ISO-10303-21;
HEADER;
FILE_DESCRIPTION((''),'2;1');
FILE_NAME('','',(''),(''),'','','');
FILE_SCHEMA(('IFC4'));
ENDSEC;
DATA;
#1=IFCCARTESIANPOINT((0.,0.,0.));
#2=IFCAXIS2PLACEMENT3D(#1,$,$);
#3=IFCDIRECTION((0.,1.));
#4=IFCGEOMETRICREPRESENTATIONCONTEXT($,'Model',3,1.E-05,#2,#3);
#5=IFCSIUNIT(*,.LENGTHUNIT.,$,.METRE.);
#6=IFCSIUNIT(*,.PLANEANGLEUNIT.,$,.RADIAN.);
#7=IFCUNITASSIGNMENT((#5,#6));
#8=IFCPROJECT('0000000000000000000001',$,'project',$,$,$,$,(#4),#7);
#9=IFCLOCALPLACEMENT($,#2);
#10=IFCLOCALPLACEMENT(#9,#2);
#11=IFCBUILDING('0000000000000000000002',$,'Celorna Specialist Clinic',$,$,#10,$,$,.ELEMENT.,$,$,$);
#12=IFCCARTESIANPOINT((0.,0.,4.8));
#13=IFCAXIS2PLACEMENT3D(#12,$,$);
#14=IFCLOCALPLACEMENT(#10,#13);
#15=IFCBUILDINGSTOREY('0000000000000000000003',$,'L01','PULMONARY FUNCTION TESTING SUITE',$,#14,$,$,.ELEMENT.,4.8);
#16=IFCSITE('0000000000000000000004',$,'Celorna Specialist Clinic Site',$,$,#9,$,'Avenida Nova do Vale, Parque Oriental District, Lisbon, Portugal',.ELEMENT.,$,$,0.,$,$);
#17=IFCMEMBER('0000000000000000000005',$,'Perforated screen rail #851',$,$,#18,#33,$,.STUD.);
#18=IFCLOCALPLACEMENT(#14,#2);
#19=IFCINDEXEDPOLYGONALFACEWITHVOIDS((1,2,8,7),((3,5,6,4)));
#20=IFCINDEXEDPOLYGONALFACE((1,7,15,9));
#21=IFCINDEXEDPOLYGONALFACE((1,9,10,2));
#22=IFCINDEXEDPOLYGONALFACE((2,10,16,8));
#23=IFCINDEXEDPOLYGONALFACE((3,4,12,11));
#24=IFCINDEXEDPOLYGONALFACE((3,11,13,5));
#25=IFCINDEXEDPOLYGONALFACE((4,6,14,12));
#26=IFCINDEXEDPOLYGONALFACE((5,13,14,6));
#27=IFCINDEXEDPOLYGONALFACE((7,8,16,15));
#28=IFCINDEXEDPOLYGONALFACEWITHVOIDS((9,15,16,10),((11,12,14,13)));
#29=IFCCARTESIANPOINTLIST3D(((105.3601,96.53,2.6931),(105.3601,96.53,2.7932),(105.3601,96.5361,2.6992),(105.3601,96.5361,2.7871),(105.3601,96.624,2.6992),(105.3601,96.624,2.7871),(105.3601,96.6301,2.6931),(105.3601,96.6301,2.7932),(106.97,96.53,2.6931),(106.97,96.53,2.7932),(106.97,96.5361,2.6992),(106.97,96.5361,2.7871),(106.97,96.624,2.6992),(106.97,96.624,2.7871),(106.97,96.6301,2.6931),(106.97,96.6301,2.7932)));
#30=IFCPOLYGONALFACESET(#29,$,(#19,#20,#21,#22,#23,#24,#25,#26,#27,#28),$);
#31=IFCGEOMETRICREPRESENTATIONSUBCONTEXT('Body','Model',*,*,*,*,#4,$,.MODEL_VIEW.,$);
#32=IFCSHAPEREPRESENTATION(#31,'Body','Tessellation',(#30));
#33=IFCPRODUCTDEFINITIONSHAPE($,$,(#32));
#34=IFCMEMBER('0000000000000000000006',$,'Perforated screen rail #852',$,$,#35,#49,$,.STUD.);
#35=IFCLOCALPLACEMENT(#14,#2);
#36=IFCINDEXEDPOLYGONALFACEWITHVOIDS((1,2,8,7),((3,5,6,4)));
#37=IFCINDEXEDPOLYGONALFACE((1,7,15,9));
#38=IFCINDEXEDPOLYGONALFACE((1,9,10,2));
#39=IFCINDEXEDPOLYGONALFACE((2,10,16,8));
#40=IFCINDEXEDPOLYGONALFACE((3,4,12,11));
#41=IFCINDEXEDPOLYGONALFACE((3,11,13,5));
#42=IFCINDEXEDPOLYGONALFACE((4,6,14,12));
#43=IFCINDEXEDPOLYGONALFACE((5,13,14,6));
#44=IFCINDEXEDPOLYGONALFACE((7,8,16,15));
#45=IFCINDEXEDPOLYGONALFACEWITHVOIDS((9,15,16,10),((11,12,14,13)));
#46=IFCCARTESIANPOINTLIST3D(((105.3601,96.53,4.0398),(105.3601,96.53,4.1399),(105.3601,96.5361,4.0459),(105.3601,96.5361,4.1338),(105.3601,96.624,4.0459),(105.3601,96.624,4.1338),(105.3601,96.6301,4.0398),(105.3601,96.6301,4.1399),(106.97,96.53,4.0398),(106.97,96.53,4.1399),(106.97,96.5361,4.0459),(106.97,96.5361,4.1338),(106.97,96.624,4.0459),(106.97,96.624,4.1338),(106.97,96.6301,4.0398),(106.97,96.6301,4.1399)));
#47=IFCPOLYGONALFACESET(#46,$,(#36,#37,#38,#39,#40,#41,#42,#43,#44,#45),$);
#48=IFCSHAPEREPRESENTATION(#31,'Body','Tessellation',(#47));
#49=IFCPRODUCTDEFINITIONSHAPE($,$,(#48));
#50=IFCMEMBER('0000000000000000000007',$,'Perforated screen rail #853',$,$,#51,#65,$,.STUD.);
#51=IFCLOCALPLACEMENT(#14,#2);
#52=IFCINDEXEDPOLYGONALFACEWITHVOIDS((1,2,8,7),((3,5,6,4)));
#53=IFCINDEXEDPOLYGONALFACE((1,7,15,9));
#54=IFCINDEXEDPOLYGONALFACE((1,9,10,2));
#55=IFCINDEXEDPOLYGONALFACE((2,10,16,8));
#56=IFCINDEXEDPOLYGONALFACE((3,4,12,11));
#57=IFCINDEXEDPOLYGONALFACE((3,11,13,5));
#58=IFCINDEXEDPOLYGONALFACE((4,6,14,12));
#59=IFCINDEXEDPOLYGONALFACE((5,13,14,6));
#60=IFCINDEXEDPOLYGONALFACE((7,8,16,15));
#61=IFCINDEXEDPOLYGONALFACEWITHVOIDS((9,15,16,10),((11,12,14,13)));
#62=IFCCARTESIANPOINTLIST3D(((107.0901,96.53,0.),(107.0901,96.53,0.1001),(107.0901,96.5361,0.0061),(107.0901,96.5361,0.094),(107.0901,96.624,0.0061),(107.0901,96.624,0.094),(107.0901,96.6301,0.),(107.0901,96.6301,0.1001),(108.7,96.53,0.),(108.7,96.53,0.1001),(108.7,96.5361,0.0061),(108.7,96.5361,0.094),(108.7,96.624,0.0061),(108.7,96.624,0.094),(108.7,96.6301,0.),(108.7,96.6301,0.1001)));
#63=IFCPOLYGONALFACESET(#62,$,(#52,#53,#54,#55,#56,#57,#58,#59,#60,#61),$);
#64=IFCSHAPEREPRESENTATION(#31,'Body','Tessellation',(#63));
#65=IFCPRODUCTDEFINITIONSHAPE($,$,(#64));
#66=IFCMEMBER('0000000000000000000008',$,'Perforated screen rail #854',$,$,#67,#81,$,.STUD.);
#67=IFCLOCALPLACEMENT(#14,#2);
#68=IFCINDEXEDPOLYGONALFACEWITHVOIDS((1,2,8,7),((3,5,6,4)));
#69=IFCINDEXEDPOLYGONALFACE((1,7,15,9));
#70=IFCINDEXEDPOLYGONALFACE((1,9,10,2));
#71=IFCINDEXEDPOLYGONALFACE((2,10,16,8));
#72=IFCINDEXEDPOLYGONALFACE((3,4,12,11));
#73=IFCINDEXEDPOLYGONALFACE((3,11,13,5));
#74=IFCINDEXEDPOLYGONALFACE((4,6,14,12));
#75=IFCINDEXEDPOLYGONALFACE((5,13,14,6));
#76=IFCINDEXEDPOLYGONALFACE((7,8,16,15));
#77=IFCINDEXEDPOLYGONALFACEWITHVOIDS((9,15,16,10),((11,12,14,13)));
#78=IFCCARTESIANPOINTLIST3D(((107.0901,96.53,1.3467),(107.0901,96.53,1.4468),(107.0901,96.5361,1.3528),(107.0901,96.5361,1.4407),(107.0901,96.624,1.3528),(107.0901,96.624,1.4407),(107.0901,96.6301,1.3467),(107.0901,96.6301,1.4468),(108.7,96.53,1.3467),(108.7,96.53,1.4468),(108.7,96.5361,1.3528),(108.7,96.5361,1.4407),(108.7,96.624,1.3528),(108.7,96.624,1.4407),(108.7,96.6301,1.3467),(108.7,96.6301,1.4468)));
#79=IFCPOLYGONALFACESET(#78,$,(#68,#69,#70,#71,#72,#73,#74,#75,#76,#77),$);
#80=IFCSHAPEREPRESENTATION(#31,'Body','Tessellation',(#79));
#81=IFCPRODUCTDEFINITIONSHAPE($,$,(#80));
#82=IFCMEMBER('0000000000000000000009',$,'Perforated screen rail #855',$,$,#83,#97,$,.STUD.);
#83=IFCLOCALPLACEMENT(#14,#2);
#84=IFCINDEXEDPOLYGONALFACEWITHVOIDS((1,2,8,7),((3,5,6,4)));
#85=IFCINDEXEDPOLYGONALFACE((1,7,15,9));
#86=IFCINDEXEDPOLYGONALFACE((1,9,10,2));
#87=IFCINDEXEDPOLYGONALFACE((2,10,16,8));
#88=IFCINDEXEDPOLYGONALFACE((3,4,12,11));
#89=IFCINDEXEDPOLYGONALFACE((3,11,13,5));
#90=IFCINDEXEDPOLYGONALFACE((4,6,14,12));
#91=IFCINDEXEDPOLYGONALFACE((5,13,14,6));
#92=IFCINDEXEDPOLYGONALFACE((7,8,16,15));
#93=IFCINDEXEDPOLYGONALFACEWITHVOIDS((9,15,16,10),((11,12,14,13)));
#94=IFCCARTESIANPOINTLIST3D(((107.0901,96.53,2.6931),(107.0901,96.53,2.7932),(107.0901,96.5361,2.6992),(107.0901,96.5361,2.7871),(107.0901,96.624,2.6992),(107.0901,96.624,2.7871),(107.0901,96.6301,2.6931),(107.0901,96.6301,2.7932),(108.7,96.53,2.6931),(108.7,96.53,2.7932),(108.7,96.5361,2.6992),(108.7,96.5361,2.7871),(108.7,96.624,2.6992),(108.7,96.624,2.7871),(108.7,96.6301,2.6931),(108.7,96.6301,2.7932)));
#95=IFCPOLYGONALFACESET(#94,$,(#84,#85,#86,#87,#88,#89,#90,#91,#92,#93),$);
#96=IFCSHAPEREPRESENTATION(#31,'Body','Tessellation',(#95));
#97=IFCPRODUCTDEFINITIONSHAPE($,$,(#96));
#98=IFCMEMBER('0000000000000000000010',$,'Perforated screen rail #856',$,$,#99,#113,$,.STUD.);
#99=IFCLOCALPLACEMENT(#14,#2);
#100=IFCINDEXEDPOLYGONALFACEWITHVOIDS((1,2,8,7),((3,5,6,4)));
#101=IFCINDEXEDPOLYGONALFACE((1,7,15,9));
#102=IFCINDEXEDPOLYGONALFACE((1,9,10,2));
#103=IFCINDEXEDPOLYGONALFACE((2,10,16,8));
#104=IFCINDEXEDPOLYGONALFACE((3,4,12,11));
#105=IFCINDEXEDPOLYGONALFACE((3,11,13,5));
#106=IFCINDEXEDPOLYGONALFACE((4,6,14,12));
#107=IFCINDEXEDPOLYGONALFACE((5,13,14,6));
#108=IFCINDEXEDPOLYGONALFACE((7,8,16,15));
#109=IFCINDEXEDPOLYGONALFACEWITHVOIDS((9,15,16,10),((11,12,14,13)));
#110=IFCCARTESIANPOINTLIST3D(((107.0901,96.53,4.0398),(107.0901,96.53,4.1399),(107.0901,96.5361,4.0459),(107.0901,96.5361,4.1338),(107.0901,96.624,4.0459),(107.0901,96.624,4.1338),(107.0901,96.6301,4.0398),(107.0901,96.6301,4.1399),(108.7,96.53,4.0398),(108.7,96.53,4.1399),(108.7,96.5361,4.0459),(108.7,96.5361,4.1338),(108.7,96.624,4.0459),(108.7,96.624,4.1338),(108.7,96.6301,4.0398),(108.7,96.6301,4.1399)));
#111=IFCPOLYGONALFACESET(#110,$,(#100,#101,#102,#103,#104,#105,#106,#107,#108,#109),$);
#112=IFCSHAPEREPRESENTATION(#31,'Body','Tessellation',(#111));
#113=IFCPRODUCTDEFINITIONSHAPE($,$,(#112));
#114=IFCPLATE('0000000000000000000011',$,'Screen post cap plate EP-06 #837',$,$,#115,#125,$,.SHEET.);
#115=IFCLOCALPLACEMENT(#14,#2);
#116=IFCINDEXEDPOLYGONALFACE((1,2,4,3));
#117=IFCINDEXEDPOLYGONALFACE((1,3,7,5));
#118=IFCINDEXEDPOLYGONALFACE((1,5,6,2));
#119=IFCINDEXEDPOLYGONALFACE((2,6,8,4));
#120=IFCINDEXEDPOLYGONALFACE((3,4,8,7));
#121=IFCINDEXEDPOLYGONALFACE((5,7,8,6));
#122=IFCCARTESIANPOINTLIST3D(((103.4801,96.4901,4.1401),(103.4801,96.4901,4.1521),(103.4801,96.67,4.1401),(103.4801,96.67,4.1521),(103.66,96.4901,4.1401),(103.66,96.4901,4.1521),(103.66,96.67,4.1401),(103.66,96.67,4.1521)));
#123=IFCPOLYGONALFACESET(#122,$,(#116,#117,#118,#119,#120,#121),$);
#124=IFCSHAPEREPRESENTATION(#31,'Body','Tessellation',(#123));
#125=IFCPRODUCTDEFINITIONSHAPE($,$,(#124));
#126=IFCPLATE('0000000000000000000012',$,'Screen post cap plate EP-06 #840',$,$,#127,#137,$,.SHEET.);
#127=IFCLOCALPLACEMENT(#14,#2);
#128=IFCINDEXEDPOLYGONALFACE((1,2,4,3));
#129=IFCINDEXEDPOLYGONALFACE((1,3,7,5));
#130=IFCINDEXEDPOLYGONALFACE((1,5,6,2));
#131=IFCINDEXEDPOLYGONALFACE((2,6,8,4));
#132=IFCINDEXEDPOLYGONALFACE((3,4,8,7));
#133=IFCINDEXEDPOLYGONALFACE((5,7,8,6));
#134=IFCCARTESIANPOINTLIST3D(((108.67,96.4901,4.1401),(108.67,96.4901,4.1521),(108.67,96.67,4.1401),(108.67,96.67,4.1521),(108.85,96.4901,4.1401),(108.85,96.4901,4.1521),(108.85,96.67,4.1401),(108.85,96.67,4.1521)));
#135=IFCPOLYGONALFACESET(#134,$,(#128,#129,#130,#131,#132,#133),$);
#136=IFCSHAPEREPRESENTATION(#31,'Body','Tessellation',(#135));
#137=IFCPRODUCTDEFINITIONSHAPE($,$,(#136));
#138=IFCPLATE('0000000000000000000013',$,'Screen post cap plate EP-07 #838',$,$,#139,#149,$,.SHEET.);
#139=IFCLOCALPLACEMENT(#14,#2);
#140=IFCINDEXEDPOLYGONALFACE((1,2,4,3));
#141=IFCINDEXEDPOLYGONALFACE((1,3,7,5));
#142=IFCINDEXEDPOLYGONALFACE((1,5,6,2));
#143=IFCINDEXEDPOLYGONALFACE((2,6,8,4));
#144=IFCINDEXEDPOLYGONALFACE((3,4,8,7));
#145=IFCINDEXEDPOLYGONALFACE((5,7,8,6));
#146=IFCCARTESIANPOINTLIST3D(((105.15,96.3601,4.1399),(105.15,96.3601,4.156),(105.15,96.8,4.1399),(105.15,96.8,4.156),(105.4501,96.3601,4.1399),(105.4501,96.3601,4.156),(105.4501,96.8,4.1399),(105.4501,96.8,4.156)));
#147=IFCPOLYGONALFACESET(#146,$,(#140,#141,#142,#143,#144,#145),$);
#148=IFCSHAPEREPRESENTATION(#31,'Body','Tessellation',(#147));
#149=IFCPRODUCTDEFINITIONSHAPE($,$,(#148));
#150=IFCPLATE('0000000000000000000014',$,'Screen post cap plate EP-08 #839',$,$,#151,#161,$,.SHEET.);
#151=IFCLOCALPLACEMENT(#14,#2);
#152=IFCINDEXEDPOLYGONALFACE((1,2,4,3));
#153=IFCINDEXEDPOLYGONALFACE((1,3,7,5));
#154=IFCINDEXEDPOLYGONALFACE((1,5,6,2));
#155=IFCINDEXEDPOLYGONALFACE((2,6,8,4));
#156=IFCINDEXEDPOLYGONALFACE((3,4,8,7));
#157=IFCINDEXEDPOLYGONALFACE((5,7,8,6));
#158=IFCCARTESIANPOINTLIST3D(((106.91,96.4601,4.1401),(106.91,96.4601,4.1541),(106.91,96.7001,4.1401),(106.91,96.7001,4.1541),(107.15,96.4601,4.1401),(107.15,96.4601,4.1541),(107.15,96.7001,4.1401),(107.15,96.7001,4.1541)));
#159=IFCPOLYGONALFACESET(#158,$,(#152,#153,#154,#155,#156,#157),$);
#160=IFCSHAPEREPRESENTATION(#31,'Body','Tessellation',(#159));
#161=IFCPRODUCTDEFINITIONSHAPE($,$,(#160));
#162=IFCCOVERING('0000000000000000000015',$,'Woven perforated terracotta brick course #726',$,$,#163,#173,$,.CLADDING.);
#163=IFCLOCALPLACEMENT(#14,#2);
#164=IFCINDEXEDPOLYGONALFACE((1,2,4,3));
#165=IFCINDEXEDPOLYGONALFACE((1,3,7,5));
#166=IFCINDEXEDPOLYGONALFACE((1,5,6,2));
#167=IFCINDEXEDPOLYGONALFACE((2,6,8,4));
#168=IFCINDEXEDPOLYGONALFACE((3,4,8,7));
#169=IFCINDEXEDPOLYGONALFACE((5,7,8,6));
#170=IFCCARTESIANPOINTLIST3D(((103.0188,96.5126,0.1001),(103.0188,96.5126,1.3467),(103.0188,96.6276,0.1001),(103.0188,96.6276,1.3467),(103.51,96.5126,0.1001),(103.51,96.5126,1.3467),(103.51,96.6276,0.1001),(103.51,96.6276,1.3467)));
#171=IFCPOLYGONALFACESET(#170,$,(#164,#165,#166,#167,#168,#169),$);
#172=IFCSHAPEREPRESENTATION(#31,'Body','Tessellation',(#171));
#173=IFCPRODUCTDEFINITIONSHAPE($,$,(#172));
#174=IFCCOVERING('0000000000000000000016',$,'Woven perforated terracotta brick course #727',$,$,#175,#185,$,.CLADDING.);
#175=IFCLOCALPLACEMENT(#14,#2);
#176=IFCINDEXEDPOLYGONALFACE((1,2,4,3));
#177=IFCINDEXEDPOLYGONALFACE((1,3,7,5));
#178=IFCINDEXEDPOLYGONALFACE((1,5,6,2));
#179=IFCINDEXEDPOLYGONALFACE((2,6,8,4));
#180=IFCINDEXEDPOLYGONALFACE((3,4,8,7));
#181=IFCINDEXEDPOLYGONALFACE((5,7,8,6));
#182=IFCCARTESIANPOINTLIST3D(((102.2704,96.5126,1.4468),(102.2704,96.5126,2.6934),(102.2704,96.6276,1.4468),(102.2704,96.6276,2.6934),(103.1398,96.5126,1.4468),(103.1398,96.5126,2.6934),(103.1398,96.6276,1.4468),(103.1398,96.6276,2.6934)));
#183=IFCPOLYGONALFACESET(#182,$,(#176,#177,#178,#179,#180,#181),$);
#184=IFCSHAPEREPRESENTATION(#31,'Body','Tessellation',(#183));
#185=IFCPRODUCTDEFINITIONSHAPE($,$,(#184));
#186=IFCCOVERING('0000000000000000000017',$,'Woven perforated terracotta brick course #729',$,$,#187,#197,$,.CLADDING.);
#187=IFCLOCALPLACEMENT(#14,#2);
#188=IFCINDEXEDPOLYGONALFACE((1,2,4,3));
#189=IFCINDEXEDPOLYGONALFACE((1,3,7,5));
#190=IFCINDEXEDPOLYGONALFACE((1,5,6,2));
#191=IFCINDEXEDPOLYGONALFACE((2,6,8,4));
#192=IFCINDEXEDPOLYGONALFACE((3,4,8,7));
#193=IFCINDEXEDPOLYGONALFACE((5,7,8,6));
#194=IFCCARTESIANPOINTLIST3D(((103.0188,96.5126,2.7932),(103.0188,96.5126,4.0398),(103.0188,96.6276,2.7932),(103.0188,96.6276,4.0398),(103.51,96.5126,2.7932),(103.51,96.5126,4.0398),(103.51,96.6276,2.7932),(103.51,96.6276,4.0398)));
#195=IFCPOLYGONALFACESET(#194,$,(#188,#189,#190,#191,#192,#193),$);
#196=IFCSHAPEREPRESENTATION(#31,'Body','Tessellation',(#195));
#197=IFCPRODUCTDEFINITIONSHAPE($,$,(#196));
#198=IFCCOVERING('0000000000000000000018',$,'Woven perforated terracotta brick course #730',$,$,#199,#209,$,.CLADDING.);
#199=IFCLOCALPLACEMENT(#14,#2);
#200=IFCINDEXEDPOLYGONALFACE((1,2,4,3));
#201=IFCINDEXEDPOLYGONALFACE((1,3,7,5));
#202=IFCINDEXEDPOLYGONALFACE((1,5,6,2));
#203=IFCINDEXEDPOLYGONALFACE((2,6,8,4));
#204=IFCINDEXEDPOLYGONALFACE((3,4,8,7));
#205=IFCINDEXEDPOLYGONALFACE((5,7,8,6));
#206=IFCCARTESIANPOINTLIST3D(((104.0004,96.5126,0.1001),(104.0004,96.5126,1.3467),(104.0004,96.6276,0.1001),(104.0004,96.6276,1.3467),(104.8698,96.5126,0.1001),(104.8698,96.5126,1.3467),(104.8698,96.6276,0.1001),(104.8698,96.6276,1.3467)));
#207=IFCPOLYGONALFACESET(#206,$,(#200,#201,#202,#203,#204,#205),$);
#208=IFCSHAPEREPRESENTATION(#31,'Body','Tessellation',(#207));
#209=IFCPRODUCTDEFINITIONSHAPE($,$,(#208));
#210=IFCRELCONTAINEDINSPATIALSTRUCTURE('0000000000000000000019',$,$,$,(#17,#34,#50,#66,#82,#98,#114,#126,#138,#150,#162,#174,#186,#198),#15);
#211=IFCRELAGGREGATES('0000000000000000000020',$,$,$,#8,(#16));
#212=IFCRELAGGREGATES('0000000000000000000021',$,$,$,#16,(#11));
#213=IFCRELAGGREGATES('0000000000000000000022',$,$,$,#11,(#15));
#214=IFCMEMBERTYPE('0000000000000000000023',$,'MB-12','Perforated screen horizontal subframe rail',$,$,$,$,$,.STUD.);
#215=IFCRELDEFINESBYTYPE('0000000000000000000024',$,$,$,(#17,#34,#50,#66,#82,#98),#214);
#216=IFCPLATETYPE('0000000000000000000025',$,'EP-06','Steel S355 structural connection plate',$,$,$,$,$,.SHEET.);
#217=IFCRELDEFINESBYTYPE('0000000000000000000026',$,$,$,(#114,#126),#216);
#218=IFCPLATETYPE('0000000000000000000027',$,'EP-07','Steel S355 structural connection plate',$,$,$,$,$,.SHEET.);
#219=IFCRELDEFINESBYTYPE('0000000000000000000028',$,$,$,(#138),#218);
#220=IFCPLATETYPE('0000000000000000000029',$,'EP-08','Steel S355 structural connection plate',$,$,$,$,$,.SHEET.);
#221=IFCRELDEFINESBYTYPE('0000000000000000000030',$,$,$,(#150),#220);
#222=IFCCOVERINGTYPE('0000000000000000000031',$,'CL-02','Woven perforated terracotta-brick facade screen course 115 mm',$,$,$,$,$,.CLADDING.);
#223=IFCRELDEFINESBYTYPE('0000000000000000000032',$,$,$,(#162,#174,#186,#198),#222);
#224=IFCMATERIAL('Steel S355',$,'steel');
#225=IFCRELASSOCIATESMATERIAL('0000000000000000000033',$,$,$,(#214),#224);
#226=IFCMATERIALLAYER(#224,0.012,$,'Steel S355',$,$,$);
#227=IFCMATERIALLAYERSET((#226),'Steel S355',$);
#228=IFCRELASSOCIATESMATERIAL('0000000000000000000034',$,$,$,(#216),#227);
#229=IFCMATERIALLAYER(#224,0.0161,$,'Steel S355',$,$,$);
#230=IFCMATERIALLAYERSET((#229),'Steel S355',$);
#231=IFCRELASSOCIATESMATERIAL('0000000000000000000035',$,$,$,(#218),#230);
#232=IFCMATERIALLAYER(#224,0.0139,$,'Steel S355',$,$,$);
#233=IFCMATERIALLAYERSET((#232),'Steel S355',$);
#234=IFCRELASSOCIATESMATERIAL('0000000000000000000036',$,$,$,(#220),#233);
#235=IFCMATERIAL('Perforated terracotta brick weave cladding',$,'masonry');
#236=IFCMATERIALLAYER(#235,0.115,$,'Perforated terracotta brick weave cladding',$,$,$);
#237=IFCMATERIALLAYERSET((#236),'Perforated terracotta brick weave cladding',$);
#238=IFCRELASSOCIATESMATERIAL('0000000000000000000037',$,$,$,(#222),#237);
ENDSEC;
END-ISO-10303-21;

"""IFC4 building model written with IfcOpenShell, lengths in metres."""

from ifc_helpers import new_model, si_unit, direction, frame, origin, origin_2d, place, context, subcontext, project, spatial, rectangle, hollow_rectangle, extrude, material, layer, layer_set, material_profile, profile_set, type_object, element, save


model = new_model("IFC4")

# Units and contexts
model_context = context("Model", 3, precision=1e-05, world=origin(), true_north=direction((0.0, 1.0)))
body_context = subcontext(model_context, "Body", "Model", "MODEL_VIEW")
ifc_project = project(units=[si_unit("LENGTHUNIT", "METRE"), si_unit("PLANEANGLEUNIT", "RADIAN")], contexts=[model_context])

# Site, building, storey
site_placement = place(None, origin())
site = spatial("IfcSite", under=ifc_project, at=site_placement, Name="Celorna Specialist Clinic Site", LongName="Avenida Nova do Vale, Parque Oriental District, Lisbon, Portugal", CompositionType="ELEMENT", RefElevation=0.0)
building_placement = place(site_placement, origin())
building = spatial("IfcBuilding", under=site, at=building_placement, Name="Celorna Specialist Clinic", CompositionType="ELEMENT")
storey_placement = place(building_placement, frame((0.0, 0.0, 4.8)))
storey = spatial("IfcBuildingStorey", under=building, at=storey_placement, Name="L01", Description="PULMONARY FUNCTION TESTING SUITE", CompositionType="ELEMENT", Elevation=4.8)

# Shared definitions
ifc_material_1 = material(Name="Steel S355", Category="steel")

# Members
ifc_material_profile_1 = material_profile(ifc_material_1, hollow_rectangle(XDim=0.1001, YDim=0.1001, WallThickness=0.0061, at=origin_2d()), Name="SHS 100x100x6")
ifc_profile_set_1 = profile_set([ifc_material_profile_1], Name="Steel S355")
member_type_1 = type_object("IfcMemberType", Name="MB-12", Description="Perforated screen horizontal subframe rail", PredefinedType="STUD", material=ifc_profile_set_1)
for number, where, z_axis, x_axis, name in (
    (1, (105.3601, 96.5801, 2.7432), (1.0, 0.0, 0.0), (0.0, 1.0, 0.0), "Perforated screen rail #851"),
    (2, (105.3601, 96.5801, 4.0898), (1.0, 0.0, 0.0), (0.0, 1.0, 0.0), "Perforated screen rail #852"),
    (3, (107.0901, 96.5801, 0.05), (1.0, 0.0, 0.0), (0.0, 1.0, 0.0), "Perforated screen rail #853"),
    (4, (107.0901, 96.5801, 1.3967), (1.0, 0.0, 0.0), (0.0, 1.0, 0.0), "Perforated screen rail #854"),
    (5, (107.0901, 96.5801, 2.7432), (1.0, 0.0, 0.0), (0.0, 1.0, 0.0), "Perforated screen rail #855"),
    (6, (107.0901, 96.5801, 4.0898), (1.0, 0.0, 0.0), (0.0, 1.0, 0.0), "Perforated screen rail #856"),
):
    element("IfcMember", number, at=place(storey_placement, frame(where, z_axis=z_axis, x_axis=x_axis)), inside=storey, type_object=member_type_1, Name=name, PredefinedType="STUD", context=body_context, shape_type="SweptSolid", body=[
        extrude(hollow_rectangle(XDim=0.1001, YDim=0.1001, WallThickness=0.0061, at=origin_2d()), origin(), (0.0, 0.0, 1.0), 1.6099),
    ])

# Plates
ifc_layer_1 = layer(ifc_material_1, 0.012, Name="Steel S355")
ifc_layer_set_1 = layer_set([ifc_layer_1], Name="Steel S355")
plate_type_1 = type_object("IfcPlateType", Name="EP-06", Description="Steel S355 structural connection plate", PredefinedType="SHEET", material=ifc_layer_set_1)
for number, where, z_axis, x_axis, name in (
    (7, (103.5701, 96.5801, 4.1401), (0.0, 0.0, 1.0), (1.0, 0.0, 0.0), "Screen post cap plate EP-06 #837"),
    (8, (108.76, 96.5801, 4.1401), (0.0, 0.0, 1.0), (1.0, 0.0, 0.0), "Screen post cap plate EP-06 #840"),
):
    element("IfcPlate", number, at=place(storey_placement, frame(where, z_axis=z_axis, x_axis=x_axis)), inside=storey, type_object=plate_type_1, Name=name, PredefinedType="SHEET", context=body_context, shape_type="SweptSolid", body=[
        extrude(rectangle(XDim=0.1799, YDim=0.1799, at=origin_2d()), origin(), (0.0, 0.0, 1.0), 0.012),
    ])
ifc_layer_2 = layer(ifc_material_1, 0.0161, Name="Steel S355")
ifc_layer_set_2 = layer_set([ifc_layer_2], Name="Steel S355")
plate_type_2 = type_object("IfcPlateType", Name="EP-07", Description="Steel S355 structural connection plate", PredefinedType="SHEET", material=ifc_layer_set_2)
plate_1_placement = place(storey_placement, frame((105.3, 96.5801, 4.1399), z_axis=(0.0, 0.0, 1.0), x_axis=(1.0, 0.0, 0.0)))
element("IfcPlate", 9, at=plate_1_placement, inside=storey, type_object=plate_type_2, Name="Screen post cap plate EP-07 #838", PredefinedType="SHEET", context=body_context, shape_type="SweptSolid", body=[
    extrude(rectangle(XDim=0.3, YDim=0.4399, at=origin_2d()), origin(), (0.0, 0.0, 1.0), 0.0161),
])
ifc_layer_3 = layer(ifc_material_1, 0.0139, Name="Steel S355")
ifc_layer_set_3 = layer_set([ifc_layer_3], Name="Steel S355")
plate_type_3 = type_object("IfcPlateType", Name="EP-08", Description="Steel S355 structural connection plate", PredefinedType="SHEET", material=ifc_layer_set_3)
plate_2_placement = place(storey_placement, frame((107.03, 96.5801, 4.1401), z_axis=(0.0, 0.0, 1.0), x_axis=(1.0, 0.0, 0.0)))
element("IfcPlate", 10, at=plate_2_placement, inside=storey, type_object=plate_type_3, Name="Screen post cap plate EP-08 #839", PredefinedType="SHEET", context=body_context, shape_type="SweptSolid", body=[
    extrude(rectangle(XDim=0.24, YDim=0.24, at=origin_2d()), origin(), (0.0, 0.0, 1.0), 0.0139),
])

# Coverings
ifc_material_2 = material(Name="Perforated terracotta brick weave cladding", Category="masonry")
ifc_layer_4 = layer(ifc_material_2, 0.115, Name="Perforated terracotta brick weave cladding")
ifc_layer_set_4 = layer_set([ifc_layer_4], Name="Perforated terracotta brick weave cladding")
covering_type = type_object("IfcCoveringType", Name="CL-02", Description="Woven perforated terracotta-brick facade screen course 115 mm", PredefinedType="CLADDING", material=ifc_layer_set_4)
covering_1_placement = place(storey_placement, frame((103.2644, 96.5701, 0.1001), z_axis=(0.0, 0.0, 1.0), x_axis=(1.0, 0.0, 0.0)))
element("IfcCovering", 11, at=covering_1_placement, inside=storey, type_object=covering_type, Name="Woven perforated terracotta brick course #726", PredefinedType="CLADDING", context=body_context, shape_type="SweptSolid", body=[
    extrude(rectangle(XDim=0.4912, YDim=0.115, at=origin_2d()), origin(), (0.0, 0.0, 1.0), 1.2466),
])
covering_2_placement = place(storey_placement, frame((102.7051, 96.5701, 1.4468), z_axis=(0.0, 0.0, 1.0), x_axis=(1.0, 0.0, 0.0)))
element("IfcCovering", 12, at=covering_2_placement, inside=storey, type_object=covering_type, Name="Woven perforated terracotta brick course #727", PredefinedType="CLADDING", context=body_context, shape_type="SweptSolid", body=[
    extrude(rectangle(XDim=0.8694, YDim=0.115, at=origin_2d()), origin(), (0.0, 0.0, 1.0), 1.2466),
])
covering_3_placement = place(storey_placement, frame((103.2644, 96.5701, 2.7932), z_axis=(0.0, 0.0, 1.0), x_axis=(1.0, 0.0, 0.0)))
element("IfcCovering", 13, at=covering_3_placement, inside=storey, type_object=covering_type, Name="Woven perforated terracotta brick course #729", PredefinedType="CLADDING", context=body_context, shape_type="SweptSolid", body=[
    extrude(rectangle(XDim=0.4912, YDim=0.115, at=origin_2d()), origin(), (0.0, 0.0, 1.0), 1.2466),
])
covering_4_placement = place(storey_placement, frame((104.4351, 96.5701, 0.1001), z_axis=(0.0, 0.0, 1.0), x_axis=(1.0, 0.0, 0.0)))
element("IfcCovering", 14, at=covering_4_placement, inside=storey, type_object=covering_type, Name="Woven perforated terracotta brick course #730", PredefinedType="CLADDING", context=body_context, shape_type="SweptSolid", body=[
    extrude(rectangle(XDim=0.8694, YDim=0.115, at=origin_2d()), origin(), (0.0, 0.0, 1.0), 1.2466),
])

save(model, "model.ifc")
